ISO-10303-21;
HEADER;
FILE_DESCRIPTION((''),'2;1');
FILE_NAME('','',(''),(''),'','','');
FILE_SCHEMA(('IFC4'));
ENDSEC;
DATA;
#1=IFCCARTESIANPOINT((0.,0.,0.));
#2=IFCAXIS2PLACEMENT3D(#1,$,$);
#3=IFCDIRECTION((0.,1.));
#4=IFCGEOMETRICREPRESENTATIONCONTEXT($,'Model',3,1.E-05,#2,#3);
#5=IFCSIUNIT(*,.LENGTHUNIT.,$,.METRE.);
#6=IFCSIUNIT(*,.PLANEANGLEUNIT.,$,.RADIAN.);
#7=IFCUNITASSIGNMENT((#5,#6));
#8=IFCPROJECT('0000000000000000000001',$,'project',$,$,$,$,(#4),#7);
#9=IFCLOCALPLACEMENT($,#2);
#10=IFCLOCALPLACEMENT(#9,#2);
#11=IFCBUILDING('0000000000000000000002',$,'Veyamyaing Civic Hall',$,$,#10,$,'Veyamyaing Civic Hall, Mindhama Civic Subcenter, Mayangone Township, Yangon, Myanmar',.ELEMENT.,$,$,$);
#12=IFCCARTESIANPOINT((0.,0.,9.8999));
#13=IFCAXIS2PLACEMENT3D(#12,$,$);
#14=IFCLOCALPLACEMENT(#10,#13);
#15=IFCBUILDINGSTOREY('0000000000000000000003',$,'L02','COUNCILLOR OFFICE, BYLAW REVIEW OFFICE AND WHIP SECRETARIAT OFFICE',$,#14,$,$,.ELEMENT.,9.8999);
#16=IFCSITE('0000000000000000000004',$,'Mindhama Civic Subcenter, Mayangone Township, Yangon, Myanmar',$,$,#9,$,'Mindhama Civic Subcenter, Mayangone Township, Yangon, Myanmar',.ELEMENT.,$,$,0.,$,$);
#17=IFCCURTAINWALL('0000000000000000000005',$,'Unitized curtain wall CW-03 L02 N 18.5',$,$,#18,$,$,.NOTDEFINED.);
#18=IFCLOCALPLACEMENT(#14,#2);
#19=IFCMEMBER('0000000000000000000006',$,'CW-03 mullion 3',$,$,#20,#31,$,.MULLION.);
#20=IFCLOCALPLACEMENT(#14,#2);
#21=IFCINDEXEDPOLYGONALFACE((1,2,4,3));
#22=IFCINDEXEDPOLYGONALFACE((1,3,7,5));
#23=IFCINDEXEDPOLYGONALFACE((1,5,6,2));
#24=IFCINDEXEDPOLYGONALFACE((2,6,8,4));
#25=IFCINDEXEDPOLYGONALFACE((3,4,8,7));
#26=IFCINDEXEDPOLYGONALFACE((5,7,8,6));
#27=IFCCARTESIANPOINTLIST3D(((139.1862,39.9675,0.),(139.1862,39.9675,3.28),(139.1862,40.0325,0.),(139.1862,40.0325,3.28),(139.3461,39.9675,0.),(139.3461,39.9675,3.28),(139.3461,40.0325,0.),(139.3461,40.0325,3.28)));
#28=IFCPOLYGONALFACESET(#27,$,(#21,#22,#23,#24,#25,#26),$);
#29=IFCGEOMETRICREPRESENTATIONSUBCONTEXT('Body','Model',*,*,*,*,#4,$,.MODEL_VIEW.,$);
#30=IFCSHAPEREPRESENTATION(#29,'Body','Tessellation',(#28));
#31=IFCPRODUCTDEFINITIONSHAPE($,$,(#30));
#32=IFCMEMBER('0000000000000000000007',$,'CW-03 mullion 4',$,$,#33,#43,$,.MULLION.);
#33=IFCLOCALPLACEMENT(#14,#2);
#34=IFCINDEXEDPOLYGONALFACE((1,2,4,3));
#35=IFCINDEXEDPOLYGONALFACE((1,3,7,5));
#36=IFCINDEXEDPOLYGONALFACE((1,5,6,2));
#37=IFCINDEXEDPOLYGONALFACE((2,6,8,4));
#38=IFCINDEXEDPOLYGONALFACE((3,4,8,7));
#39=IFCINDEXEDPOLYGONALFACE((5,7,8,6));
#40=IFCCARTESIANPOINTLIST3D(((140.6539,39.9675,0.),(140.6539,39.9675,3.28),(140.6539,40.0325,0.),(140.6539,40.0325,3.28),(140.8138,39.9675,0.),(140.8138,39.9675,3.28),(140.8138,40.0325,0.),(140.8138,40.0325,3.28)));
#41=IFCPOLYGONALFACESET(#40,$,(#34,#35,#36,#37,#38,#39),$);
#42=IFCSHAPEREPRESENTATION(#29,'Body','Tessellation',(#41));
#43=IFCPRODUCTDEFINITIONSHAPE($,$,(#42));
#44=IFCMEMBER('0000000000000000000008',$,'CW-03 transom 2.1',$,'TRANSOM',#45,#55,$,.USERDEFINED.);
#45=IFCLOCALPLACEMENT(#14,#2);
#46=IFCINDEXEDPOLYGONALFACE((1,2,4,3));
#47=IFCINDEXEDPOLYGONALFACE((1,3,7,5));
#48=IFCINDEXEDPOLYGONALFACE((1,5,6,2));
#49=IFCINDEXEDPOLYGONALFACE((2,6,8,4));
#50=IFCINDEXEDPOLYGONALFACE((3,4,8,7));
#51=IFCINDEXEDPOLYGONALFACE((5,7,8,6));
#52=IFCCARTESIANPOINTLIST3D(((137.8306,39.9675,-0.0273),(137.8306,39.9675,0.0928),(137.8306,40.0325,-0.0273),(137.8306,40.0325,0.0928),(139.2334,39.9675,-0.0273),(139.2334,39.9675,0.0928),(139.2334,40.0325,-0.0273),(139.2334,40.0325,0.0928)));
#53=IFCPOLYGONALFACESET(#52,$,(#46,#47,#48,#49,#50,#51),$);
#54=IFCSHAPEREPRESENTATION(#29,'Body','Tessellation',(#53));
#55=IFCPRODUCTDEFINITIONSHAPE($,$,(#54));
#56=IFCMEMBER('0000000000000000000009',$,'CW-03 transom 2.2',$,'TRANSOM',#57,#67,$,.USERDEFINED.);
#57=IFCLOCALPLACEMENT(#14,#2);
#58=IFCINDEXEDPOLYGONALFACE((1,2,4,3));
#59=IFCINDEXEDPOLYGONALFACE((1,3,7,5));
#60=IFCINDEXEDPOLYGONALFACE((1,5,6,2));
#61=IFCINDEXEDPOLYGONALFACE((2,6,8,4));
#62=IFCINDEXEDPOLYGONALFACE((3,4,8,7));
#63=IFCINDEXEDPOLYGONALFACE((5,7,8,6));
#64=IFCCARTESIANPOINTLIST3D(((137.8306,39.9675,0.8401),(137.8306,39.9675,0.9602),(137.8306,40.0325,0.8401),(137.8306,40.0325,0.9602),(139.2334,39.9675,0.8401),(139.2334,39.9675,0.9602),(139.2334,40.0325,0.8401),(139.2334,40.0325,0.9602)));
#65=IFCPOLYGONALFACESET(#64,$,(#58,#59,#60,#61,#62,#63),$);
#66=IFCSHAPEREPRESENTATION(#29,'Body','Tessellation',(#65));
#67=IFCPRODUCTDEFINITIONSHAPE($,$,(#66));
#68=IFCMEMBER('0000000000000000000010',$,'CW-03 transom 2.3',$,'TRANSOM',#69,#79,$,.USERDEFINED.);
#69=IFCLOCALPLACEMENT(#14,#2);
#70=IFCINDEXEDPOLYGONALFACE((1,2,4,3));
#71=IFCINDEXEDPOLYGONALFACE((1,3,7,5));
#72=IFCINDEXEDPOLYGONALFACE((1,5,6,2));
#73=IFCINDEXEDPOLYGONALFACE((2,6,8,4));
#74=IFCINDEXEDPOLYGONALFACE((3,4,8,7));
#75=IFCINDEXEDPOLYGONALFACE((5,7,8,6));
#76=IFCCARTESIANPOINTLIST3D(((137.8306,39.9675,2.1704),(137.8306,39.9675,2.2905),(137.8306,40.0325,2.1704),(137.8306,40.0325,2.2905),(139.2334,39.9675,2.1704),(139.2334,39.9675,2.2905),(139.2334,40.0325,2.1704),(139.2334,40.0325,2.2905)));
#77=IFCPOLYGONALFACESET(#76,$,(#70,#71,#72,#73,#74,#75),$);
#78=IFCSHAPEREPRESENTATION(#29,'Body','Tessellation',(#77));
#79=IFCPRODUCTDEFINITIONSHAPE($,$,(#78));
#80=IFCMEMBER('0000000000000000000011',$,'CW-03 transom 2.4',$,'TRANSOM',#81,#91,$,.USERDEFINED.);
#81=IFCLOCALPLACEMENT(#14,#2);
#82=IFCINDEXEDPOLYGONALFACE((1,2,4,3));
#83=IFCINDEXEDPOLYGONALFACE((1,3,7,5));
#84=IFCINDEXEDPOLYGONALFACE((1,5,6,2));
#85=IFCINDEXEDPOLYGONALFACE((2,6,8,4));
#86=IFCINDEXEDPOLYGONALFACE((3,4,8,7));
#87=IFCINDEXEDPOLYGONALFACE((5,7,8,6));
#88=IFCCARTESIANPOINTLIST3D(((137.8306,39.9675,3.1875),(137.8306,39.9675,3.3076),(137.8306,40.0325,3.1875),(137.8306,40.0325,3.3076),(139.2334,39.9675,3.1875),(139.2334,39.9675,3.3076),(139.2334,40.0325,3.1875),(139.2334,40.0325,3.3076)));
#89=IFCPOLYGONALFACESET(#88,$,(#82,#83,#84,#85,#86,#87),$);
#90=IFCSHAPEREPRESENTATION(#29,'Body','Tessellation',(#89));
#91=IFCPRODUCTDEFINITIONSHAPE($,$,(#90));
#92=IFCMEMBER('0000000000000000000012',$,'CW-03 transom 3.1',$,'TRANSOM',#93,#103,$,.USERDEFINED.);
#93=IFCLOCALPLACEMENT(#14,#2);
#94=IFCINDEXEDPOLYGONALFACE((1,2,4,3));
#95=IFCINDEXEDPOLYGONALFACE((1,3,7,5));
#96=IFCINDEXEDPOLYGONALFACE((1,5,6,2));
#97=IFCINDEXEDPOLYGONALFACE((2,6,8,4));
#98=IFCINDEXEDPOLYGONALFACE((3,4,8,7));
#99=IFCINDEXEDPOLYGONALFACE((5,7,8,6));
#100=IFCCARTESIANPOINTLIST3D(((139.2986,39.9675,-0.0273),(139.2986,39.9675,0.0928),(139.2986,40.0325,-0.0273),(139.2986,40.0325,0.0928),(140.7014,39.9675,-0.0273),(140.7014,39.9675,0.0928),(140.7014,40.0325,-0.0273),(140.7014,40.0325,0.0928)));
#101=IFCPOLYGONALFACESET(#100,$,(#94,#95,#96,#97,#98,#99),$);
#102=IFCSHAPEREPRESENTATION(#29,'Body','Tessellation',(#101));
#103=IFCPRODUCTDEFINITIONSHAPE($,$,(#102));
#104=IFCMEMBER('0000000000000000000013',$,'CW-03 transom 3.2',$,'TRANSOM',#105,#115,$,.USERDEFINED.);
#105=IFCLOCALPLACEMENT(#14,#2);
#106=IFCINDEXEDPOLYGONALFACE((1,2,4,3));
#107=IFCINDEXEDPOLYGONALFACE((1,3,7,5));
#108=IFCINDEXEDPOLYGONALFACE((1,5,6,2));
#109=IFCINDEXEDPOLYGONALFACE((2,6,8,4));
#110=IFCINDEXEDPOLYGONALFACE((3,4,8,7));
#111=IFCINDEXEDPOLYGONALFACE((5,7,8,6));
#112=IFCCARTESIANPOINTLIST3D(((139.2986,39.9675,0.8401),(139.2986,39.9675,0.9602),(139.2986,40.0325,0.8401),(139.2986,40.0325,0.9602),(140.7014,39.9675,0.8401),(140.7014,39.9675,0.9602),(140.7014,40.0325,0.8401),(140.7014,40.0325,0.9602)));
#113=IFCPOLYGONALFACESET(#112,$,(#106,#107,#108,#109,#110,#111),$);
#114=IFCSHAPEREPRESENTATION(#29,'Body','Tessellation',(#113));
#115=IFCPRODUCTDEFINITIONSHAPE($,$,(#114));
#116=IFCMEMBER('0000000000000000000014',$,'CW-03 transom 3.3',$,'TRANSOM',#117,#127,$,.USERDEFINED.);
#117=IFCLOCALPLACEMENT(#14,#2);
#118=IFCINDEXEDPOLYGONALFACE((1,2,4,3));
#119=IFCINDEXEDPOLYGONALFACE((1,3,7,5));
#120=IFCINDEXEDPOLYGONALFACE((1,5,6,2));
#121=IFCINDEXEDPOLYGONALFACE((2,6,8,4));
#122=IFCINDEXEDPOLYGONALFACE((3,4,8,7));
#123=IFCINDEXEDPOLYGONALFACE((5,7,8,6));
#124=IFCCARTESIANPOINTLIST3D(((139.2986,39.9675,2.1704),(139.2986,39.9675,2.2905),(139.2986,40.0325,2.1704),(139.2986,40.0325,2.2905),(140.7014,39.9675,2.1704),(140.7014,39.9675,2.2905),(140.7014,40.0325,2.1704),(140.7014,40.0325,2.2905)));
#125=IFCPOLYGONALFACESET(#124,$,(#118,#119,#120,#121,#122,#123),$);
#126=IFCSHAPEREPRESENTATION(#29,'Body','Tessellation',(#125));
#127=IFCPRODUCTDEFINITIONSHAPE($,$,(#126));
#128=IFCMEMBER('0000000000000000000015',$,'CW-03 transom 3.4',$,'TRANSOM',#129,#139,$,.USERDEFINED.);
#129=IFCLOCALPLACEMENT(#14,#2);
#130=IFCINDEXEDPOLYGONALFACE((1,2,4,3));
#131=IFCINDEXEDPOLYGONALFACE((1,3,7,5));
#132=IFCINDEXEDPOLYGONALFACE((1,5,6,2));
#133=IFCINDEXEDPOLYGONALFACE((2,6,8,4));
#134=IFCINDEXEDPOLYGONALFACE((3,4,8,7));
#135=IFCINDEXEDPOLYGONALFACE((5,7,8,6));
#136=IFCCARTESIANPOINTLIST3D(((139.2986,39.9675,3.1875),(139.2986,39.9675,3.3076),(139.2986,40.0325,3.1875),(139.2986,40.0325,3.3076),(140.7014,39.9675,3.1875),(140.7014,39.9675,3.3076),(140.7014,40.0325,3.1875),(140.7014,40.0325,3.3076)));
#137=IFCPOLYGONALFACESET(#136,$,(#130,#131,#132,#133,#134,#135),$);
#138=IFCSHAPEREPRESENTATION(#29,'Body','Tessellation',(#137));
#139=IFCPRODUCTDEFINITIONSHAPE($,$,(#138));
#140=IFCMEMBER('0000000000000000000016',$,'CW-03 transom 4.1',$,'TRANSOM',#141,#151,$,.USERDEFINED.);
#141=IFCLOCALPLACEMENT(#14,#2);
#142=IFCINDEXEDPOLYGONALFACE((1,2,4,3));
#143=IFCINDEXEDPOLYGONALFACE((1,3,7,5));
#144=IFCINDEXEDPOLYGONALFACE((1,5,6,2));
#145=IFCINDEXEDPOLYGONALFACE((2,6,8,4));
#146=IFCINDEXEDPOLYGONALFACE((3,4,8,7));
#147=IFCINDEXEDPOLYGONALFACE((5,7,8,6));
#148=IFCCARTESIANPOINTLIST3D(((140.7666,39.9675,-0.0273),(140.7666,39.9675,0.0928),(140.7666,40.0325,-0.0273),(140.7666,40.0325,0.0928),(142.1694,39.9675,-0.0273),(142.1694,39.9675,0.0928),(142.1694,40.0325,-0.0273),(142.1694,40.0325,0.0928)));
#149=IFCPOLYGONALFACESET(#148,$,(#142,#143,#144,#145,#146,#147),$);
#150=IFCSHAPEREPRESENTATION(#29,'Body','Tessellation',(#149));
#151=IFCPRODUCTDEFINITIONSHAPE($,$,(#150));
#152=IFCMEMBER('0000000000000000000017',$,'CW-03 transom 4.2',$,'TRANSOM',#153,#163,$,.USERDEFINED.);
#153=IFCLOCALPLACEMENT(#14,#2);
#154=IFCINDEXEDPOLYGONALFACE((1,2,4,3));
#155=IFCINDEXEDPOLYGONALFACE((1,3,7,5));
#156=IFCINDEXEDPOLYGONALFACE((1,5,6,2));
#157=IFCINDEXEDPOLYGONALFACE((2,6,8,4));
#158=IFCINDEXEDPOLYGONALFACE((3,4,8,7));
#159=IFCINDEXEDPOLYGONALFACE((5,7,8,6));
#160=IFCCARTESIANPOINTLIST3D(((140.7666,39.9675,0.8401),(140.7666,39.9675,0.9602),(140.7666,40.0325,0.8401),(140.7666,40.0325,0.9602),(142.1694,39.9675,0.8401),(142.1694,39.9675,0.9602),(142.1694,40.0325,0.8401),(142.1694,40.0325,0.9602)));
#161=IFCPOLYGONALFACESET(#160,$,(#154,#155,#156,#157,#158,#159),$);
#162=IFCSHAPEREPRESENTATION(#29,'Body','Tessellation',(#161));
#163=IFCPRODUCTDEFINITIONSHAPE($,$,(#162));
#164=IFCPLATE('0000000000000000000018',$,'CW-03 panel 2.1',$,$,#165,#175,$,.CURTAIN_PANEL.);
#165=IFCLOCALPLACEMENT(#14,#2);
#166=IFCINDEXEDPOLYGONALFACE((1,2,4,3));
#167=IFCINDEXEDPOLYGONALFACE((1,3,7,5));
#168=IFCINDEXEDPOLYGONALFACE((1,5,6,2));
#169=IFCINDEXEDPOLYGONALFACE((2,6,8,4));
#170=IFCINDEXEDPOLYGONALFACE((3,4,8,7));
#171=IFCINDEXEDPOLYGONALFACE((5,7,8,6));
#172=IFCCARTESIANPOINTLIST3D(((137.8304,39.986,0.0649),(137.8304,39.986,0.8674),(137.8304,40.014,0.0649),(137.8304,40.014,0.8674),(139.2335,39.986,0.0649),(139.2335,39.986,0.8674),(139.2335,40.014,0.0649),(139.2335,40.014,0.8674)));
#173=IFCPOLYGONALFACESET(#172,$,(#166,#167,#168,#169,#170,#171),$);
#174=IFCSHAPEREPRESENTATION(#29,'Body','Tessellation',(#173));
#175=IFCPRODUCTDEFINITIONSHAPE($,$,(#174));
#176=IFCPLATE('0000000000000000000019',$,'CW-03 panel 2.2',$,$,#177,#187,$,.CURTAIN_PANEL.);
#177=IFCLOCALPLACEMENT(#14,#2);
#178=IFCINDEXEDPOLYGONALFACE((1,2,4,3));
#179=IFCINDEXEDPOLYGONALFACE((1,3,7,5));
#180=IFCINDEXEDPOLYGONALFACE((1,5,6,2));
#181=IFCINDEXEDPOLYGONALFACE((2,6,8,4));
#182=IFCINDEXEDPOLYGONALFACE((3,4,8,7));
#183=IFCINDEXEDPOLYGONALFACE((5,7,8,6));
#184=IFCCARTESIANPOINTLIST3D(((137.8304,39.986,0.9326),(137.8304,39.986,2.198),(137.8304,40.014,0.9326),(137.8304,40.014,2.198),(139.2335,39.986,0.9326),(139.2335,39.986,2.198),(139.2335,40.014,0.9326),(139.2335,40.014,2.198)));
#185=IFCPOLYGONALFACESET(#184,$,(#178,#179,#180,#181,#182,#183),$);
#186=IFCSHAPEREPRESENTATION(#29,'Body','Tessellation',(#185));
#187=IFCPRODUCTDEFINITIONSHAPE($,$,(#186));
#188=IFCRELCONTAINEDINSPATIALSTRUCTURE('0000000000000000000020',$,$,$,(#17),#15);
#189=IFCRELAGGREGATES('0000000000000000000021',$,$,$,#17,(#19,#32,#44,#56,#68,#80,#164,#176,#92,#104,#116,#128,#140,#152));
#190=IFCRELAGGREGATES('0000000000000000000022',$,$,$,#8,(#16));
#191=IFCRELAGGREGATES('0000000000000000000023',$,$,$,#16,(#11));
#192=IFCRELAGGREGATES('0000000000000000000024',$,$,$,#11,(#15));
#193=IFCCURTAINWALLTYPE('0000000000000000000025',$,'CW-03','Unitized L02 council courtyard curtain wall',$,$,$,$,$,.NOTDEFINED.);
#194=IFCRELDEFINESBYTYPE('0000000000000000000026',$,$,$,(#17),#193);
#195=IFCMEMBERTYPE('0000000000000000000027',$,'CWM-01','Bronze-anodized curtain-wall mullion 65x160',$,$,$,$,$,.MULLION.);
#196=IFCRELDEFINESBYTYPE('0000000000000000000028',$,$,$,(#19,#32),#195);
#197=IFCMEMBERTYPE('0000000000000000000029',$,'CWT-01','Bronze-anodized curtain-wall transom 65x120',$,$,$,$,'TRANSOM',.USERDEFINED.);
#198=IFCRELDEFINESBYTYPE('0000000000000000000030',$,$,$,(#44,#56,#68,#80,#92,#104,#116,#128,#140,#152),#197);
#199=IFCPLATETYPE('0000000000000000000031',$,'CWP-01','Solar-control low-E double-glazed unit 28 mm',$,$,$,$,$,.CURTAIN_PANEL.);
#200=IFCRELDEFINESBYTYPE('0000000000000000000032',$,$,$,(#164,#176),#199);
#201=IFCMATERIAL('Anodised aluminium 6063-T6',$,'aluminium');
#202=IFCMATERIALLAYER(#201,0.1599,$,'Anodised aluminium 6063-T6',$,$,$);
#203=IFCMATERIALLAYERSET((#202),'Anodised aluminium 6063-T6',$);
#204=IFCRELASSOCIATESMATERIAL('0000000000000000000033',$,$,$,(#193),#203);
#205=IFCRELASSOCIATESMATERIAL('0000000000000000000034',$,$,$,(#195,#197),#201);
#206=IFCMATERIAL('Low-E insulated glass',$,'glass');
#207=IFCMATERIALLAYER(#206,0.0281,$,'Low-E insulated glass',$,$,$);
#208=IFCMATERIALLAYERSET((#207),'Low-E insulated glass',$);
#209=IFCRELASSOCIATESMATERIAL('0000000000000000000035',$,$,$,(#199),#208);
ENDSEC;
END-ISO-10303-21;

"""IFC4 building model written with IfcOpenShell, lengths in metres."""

from ifc_helpers import new_model, si_unit, direction, frame, origin, origin_2d, place, context, subcontext, project, spatial, rectangle, extrude, material, layer, layer_set, material_profile, profile_set, type_object, element, aggregate, save


model = new_model("IFC4")

# Units and contexts
model_context = context("Model", 3, precision=1e-05, world=origin(), true_north=direction((0.0, 1.0)))
body_context = subcontext(model_context, "Body", "Model", "MODEL_VIEW")
ifc_project = project(units=[si_unit("LENGTHUNIT", "METRE"), si_unit("PLANEANGLEUNIT", "RADIAN")], contexts=[model_context])

# Site, building, storey
site_placement = place(None, origin())
site = spatial("IfcSite", under=ifc_project, at=site_placement, Name="Mindhama Civic Subcenter, Mayangone Township, Yangon, Myanmar", LongName="Mindhama Civic Subcenter, Mayangone Township, Yangon, Myanmar", CompositionType="ELEMENT", RefElevation=0.0)
building_placement = place(site_placement, origin())
building = spatial("IfcBuilding", under=site, at=building_placement, Name="Veyamyaing Civic Hall", LongName="Veyamyaing Civic Hall, Mindhama Civic Subcenter, Mayangone Township, Yangon, Myanmar", CompositionType="ELEMENT")
storey_placement = place(building_placement, frame((0.0, 0.0, 9.8999)))
storey = spatial("IfcBuildingStorey", under=building, at=storey_placement, Name="L02", Description="COUNCILLOR OFFICE, BYLAW REVIEW OFFICE AND WHIP SECRETARIAT OFFICE", CompositionType="ELEMENT", Elevation=9.8999)

# Curtain wall, members, plates
ifc_material_1 = material(Name="Anodised aluminium 6063-T6", Category="aluminium")
ifc_layer_1 = layer(ifc_material_1, 0.1599, Name="Anodised aluminium 6063-T6")
ifc_layer_set_1 = layer_set([ifc_layer_1], Name="Anodised aluminium 6063-T6")
curtain_wall_type = type_object("IfcCurtainWallType", Name="CW-03", Description="Unitized L02 council courtyard curtain wall", PredefinedType="NOTDEFINED", material=ifc_layer_set_1)
curtain_wall_placement = place(storey_placement, origin())
curtain_wall = element("IfcCurtainWall", 1, at=curtain_wall_placement, inside=storey, type_object=curtain_wall_type, Name="Unitized curtain wall CW-03 L02 N 18.5", PredefinedType="NOTDEFINED")
ifc_material_profile_1 = material_profile(ifc_material_1, rectangle(XDim=0.0649, YDim=0.1599, at=origin_2d()), Name="ALU-MUL-65X160")
ifc_profile_set_1 = profile_set([ifc_material_profile_1], Name="Anodised aluminium 6063-T6")
member_type_1 = type_object("IfcMemberType", Name="CWM-01", Description="Bronze-anodized curtain-wall mullion 65x160", PredefinedType="MULLION", material=ifc_profile_set_1)
member_1_placement = place(storey_placement, frame((139.2661, 40.0, 0.0), z_axis=(0.0, 0.0, 1.0), x_axis=(0.0, 1.0, 0.0)))
member_1 = element("IfcMember", 2, at=member_1_placement, type_object=member_type_1, Name="CW-03 mullion 3", PredefinedType="MULLION", context=body_context, shape_type="SweptSolid", body=[
    extrude(rectangle(XDim=0.0649, YDim=0.1599, at=origin_2d()), origin(), (0.0, 0.0, 1.0), 3.28),
])
member_2_placement = place(storey_placement, frame((140.7339, 40.0, 0.0), z_axis=(0.0, 0.0, 1.0), x_axis=(0.0, 1.0, 0.0)))
member_2 = element("IfcMember", 3, at=member_2_placement, type_object=member_type_1, Name="CW-03 mullion 4", PredefinedType="MULLION", context=body_context, shape_type="SweptSolid", body=[
    extrude(rectangle(XDim=0.0649, YDim=0.1599, at=origin_2d()), origin(), (0.0, 0.0, 1.0), 3.28),
])
ifc_material_profile_2 = material_profile(ifc_material_1, rectangle(XDim=0.0649, YDim=0.1201, at=origin_2d()), Name="ALU-TRN-65X120")
ifc_profile_set_2 = profile_set([ifc_material_profile_2], Name="Anodised aluminium 6063-T6")
member_type_2 = type_object("IfcMemberType", Name="CWT-01", Description="Bronze-anodized curtain-wall transom 65x120", ElementType="TRANSOM", PredefinedType="USERDEFINED", material=ifc_profile_set_2)
member_3_placement = place(storey_placement, frame((137.8306, 40.0, 0.0327), z_axis=(1.0, 0.0, 0.0), x_axis=(0.0, 1.0, 0.0)))
member_3 = element("IfcMember", 4, at=member_3_placement, type_object=member_type_2, Name="CW-03 transom 2.1", ObjectType="TRANSOM", PredefinedType="USERDEFINED", context=body_context, shape_type="SweptSolid", body=[
    extrude(rectangle(XDim=0.0649, YDim=0.1201, at=origin_2d()), origin(), (0.0, 0.0, 1.0), 1.4028),
])
member_4_placement = place(storey_placement, frame((137.8306, 40.0, 0.9001), z_axis=(1.0, 0.0, 0.0), x_axis=(0.0, 1.0, 0.0)))
member_4 = element("IfcMember", 5, at=member_4_placement, type_object=member_type_2, Name="CW-03 transom 2.2", ObjectType="TRANSOM", PredefinedType="USERDEFINED", context=body_context, shape_type="SweptSolid", body=[
    extrude(rectangle(XDim=0.0649, YDim=0.1201, at=origin_2d()), origin(), (0.0, 0.0, 1.0), 1.4028),
])
member_5_placement = place(storey_placement, frame((137.8306, 40.0, 2.2305), z_axis=(1.0, 0.0, 0.0), x_axis=(0.0, 1.0, 0.0)))
member_5 = element("IfcMember", 6, at=member_5_placement, type_object=member_type_2, Name="CW-03 transom 2.3", ObjectType="TRANSOM", PredefinedType="USERDEFINED", context=body_context, shape_type="SweptSolid", body=[
    extrude(rectangle(XDim=0.0649, YDim=0.1201, at=origin_2d()), origin(), (0.0, 0.0, 1.0), 1.4028),
])
member_6_placement = place(storey_placement, frame((137.8306, 40.0, 3.2476), z_axis=(1.0, 0.0, 0.0), x_axis=(0.0, 1.0, 0.0)))
member_6 = element("IfcMember", 7, at=member_6_placement, type_object=member_type_2, Name="CW-03 transom 2.4", ObjectType="TRANSOM", PredefinedType="USERDEFINED", context=body_context, shape_type="SweptSolid", body=[
    extrude(rectangle(XDim=0.0649, YDim=0.1201, at=origin_2d()), origin(), (0.0, 0.0, 1.0), 1.4028),
])
member_7_placement = place(storey_placement, frame((139.2986, 40.0, 0.0327), z_axis=(1.0, 0.0, 0.0), x_axis=(0.0, 1.0, 0.0)))
member_7 = element("IfcMember", 8, at=member_7_placement, type_object=member_type_2, Name="CW-03 transom 3.1", ObjectType="TRANSOM", PredefinedType="USERDEFINED", context=body_context, shape_type="SweptSolid", body=[
    extrude(rectangle(XDim=0.0649, YDim=0.1201, at=origin_2d()), origin(), (0.0, 0.0, 1.0), 1.4028),
])
member_8_placement = place(storey_placement, frame((139.2986, 40.0, 0.9001), z_axis=(1.0, 0.0, 0.0), x_axis=(0.0, 1.0, 0.0)))
member_8 = element("IfcMember", 9, at=member_8_placement, type_object=member_type_2, Name="CW-03 transom 3.2", ObjectType="TRANSOM", PredefinedType="USERDEFINED", context=body_context, shape_type="SweptSolid", body=[
    extrude(rectangle(XDim=0.0649, YDim=0.1201, at=origin_2d()), origin(), (0.0, 0.0, 1.0), 1.4028),
])
member_9_placement = place(storey_placement, frame((139.2986, 40.0, 2.2305), z_axis=(1.0, 0.0, 0.0), x_axis=(0.0, 1.0, 0.0)))
member_9 = element("IfcMember", 10, at=member_9_placement, type_object=member_type_2, Name="CW-03 transom 3.3", ObjectType="TRANSOM", PredefinedType="USERDEFINED", context=body_context, shape_type="SweptSolid", body=[
    extrude(rectangle(XDim=0.0649, YDim=0.1201, at=origin_2d()), origin(), (0.0, 0.0, 1.0), 1.4028),
])
member_10_placement = place(storey_placement, frame((139.2986, 40.0, 3.2476), z_axis=(1.0, 0.0, 0.0), x_axis=(0.0, 1.0, 0.0)))
member_10 = element("IfcMember", 11, at=member_10_placement, type_object=member_type_2, Name="CW-03 transom 3.4", ObjectType="TRANSOM", PredefinedType="USERDEFINED", context=body_context, shape_type="SweptSolid", body=[
    extrude(rectangle(XDim=0.0649, YDim=0.1201, at=origin_2d()), origin(), (0.0, 0.0, 1.0), 1.4028),
])
member_11_placement = place(storey_placement, frame((140.7666, 40.0, 0.0327), z_axis=(1.0, 0.0, 0.0), x_axis=(0.0, 1.0, 0.0)))
member_11 = element("IfcMember", 12, at=member_11_placement, type_object=member_type_2, Name="CW-03 transom 4.1", ObjectType="TRANSOM", PredefinedType="USERDEFINED", context=body_context, shape_type="SweptSolid", body=[
    extrude(rectangle(XDim=0.0649, YDim=0.1201, at=origin_2d()), origin(), (0.0, 0.0, 1.0), 1.4028),
])
member_12_placement = place(storey_placement, frame((140.7666, 40.0, 0.9001), z_axis=(1.0, 0.0, 0.0), x_axis=(0.0, 1.0, 0.0)))
member_12 = element("IfcMember", 13, at=member_12_placement, type_object=member_type_2, Name="CW-03 transom 4.2", ObjectType="TRANSOM", PredefinedType="USERDEFINED", context=body_context, shape_type="SweptSolid", body=[
    extrude(rectangle(XDim=0.0649, YDim=0.1201, at=origin_2d()), origin(), (0.0, 0.0, 1.0), 1.4028),
])
ifc_material_2 = material(Name="Low-E insulated glass", Category="glass")
ifc_layer_2 = layer(ifc_material_2, 0.0281, Name="Low-E insulated glass")
ifc_layer_set_2 = layer_set([ifc_layer_2], Name="Low-E insulated glass")
plate_type = type_object("IfcPlateType", Name="CWP-01", Description="Solar-control low-E double-glazed unit 28 mm", PredefinedType="CURTAIN_PANEL", material=ifc_layer_set_2)
plate_1_placement = place(storey_placement, frame((138.532, 40.0, 0.0649), z_axis=(0.0, 0.0, 1.0), x_axis=(1.0, 0.0, 0.0)))
plate_1 = element("IfcPlate", 14, at=plate_1_placement, type_object=plate_type, Name="CW-03 panel 2.1", PredefinedType="CURTAIN_PANEL", context=body_context, shape_type="SweptSolid", body=[
    extrude(rectangle(XDim=1.4031, YDim=0.0281, at=origin_2d()), origin(), (0.0, 0.0, 1.0), 0.8025),
])
plate_2_placement = place(storey_placement, frame((138.532, 40.0, 0.9326), z_axis=(0.0, 0.0, 1.0), x_axis=(1.0, 0.0, 0.0)))
plate_2 = element("IfcPlate", 15, at=plate_2_placement, type_object=plate_type, Name="CW-03 panel 2.2", PredefinedType="CURTAIN_PANEL", context=body_context, shape_type="SweptSolid", body=[
    extrude(rectangle(XDim=1.4031, YDim=0.0281, at=origin_2d()), origin(), (0.0, 0.0, 1.0), 1.2654),
])
aggregate(curtain_wall, [member_1, member_2, member_3, member_4, member_5, member_6, plate_1, plate_2, member_7, member_8, member_9, member_10, member_11, member_12])

save(model, "model.ifc")
